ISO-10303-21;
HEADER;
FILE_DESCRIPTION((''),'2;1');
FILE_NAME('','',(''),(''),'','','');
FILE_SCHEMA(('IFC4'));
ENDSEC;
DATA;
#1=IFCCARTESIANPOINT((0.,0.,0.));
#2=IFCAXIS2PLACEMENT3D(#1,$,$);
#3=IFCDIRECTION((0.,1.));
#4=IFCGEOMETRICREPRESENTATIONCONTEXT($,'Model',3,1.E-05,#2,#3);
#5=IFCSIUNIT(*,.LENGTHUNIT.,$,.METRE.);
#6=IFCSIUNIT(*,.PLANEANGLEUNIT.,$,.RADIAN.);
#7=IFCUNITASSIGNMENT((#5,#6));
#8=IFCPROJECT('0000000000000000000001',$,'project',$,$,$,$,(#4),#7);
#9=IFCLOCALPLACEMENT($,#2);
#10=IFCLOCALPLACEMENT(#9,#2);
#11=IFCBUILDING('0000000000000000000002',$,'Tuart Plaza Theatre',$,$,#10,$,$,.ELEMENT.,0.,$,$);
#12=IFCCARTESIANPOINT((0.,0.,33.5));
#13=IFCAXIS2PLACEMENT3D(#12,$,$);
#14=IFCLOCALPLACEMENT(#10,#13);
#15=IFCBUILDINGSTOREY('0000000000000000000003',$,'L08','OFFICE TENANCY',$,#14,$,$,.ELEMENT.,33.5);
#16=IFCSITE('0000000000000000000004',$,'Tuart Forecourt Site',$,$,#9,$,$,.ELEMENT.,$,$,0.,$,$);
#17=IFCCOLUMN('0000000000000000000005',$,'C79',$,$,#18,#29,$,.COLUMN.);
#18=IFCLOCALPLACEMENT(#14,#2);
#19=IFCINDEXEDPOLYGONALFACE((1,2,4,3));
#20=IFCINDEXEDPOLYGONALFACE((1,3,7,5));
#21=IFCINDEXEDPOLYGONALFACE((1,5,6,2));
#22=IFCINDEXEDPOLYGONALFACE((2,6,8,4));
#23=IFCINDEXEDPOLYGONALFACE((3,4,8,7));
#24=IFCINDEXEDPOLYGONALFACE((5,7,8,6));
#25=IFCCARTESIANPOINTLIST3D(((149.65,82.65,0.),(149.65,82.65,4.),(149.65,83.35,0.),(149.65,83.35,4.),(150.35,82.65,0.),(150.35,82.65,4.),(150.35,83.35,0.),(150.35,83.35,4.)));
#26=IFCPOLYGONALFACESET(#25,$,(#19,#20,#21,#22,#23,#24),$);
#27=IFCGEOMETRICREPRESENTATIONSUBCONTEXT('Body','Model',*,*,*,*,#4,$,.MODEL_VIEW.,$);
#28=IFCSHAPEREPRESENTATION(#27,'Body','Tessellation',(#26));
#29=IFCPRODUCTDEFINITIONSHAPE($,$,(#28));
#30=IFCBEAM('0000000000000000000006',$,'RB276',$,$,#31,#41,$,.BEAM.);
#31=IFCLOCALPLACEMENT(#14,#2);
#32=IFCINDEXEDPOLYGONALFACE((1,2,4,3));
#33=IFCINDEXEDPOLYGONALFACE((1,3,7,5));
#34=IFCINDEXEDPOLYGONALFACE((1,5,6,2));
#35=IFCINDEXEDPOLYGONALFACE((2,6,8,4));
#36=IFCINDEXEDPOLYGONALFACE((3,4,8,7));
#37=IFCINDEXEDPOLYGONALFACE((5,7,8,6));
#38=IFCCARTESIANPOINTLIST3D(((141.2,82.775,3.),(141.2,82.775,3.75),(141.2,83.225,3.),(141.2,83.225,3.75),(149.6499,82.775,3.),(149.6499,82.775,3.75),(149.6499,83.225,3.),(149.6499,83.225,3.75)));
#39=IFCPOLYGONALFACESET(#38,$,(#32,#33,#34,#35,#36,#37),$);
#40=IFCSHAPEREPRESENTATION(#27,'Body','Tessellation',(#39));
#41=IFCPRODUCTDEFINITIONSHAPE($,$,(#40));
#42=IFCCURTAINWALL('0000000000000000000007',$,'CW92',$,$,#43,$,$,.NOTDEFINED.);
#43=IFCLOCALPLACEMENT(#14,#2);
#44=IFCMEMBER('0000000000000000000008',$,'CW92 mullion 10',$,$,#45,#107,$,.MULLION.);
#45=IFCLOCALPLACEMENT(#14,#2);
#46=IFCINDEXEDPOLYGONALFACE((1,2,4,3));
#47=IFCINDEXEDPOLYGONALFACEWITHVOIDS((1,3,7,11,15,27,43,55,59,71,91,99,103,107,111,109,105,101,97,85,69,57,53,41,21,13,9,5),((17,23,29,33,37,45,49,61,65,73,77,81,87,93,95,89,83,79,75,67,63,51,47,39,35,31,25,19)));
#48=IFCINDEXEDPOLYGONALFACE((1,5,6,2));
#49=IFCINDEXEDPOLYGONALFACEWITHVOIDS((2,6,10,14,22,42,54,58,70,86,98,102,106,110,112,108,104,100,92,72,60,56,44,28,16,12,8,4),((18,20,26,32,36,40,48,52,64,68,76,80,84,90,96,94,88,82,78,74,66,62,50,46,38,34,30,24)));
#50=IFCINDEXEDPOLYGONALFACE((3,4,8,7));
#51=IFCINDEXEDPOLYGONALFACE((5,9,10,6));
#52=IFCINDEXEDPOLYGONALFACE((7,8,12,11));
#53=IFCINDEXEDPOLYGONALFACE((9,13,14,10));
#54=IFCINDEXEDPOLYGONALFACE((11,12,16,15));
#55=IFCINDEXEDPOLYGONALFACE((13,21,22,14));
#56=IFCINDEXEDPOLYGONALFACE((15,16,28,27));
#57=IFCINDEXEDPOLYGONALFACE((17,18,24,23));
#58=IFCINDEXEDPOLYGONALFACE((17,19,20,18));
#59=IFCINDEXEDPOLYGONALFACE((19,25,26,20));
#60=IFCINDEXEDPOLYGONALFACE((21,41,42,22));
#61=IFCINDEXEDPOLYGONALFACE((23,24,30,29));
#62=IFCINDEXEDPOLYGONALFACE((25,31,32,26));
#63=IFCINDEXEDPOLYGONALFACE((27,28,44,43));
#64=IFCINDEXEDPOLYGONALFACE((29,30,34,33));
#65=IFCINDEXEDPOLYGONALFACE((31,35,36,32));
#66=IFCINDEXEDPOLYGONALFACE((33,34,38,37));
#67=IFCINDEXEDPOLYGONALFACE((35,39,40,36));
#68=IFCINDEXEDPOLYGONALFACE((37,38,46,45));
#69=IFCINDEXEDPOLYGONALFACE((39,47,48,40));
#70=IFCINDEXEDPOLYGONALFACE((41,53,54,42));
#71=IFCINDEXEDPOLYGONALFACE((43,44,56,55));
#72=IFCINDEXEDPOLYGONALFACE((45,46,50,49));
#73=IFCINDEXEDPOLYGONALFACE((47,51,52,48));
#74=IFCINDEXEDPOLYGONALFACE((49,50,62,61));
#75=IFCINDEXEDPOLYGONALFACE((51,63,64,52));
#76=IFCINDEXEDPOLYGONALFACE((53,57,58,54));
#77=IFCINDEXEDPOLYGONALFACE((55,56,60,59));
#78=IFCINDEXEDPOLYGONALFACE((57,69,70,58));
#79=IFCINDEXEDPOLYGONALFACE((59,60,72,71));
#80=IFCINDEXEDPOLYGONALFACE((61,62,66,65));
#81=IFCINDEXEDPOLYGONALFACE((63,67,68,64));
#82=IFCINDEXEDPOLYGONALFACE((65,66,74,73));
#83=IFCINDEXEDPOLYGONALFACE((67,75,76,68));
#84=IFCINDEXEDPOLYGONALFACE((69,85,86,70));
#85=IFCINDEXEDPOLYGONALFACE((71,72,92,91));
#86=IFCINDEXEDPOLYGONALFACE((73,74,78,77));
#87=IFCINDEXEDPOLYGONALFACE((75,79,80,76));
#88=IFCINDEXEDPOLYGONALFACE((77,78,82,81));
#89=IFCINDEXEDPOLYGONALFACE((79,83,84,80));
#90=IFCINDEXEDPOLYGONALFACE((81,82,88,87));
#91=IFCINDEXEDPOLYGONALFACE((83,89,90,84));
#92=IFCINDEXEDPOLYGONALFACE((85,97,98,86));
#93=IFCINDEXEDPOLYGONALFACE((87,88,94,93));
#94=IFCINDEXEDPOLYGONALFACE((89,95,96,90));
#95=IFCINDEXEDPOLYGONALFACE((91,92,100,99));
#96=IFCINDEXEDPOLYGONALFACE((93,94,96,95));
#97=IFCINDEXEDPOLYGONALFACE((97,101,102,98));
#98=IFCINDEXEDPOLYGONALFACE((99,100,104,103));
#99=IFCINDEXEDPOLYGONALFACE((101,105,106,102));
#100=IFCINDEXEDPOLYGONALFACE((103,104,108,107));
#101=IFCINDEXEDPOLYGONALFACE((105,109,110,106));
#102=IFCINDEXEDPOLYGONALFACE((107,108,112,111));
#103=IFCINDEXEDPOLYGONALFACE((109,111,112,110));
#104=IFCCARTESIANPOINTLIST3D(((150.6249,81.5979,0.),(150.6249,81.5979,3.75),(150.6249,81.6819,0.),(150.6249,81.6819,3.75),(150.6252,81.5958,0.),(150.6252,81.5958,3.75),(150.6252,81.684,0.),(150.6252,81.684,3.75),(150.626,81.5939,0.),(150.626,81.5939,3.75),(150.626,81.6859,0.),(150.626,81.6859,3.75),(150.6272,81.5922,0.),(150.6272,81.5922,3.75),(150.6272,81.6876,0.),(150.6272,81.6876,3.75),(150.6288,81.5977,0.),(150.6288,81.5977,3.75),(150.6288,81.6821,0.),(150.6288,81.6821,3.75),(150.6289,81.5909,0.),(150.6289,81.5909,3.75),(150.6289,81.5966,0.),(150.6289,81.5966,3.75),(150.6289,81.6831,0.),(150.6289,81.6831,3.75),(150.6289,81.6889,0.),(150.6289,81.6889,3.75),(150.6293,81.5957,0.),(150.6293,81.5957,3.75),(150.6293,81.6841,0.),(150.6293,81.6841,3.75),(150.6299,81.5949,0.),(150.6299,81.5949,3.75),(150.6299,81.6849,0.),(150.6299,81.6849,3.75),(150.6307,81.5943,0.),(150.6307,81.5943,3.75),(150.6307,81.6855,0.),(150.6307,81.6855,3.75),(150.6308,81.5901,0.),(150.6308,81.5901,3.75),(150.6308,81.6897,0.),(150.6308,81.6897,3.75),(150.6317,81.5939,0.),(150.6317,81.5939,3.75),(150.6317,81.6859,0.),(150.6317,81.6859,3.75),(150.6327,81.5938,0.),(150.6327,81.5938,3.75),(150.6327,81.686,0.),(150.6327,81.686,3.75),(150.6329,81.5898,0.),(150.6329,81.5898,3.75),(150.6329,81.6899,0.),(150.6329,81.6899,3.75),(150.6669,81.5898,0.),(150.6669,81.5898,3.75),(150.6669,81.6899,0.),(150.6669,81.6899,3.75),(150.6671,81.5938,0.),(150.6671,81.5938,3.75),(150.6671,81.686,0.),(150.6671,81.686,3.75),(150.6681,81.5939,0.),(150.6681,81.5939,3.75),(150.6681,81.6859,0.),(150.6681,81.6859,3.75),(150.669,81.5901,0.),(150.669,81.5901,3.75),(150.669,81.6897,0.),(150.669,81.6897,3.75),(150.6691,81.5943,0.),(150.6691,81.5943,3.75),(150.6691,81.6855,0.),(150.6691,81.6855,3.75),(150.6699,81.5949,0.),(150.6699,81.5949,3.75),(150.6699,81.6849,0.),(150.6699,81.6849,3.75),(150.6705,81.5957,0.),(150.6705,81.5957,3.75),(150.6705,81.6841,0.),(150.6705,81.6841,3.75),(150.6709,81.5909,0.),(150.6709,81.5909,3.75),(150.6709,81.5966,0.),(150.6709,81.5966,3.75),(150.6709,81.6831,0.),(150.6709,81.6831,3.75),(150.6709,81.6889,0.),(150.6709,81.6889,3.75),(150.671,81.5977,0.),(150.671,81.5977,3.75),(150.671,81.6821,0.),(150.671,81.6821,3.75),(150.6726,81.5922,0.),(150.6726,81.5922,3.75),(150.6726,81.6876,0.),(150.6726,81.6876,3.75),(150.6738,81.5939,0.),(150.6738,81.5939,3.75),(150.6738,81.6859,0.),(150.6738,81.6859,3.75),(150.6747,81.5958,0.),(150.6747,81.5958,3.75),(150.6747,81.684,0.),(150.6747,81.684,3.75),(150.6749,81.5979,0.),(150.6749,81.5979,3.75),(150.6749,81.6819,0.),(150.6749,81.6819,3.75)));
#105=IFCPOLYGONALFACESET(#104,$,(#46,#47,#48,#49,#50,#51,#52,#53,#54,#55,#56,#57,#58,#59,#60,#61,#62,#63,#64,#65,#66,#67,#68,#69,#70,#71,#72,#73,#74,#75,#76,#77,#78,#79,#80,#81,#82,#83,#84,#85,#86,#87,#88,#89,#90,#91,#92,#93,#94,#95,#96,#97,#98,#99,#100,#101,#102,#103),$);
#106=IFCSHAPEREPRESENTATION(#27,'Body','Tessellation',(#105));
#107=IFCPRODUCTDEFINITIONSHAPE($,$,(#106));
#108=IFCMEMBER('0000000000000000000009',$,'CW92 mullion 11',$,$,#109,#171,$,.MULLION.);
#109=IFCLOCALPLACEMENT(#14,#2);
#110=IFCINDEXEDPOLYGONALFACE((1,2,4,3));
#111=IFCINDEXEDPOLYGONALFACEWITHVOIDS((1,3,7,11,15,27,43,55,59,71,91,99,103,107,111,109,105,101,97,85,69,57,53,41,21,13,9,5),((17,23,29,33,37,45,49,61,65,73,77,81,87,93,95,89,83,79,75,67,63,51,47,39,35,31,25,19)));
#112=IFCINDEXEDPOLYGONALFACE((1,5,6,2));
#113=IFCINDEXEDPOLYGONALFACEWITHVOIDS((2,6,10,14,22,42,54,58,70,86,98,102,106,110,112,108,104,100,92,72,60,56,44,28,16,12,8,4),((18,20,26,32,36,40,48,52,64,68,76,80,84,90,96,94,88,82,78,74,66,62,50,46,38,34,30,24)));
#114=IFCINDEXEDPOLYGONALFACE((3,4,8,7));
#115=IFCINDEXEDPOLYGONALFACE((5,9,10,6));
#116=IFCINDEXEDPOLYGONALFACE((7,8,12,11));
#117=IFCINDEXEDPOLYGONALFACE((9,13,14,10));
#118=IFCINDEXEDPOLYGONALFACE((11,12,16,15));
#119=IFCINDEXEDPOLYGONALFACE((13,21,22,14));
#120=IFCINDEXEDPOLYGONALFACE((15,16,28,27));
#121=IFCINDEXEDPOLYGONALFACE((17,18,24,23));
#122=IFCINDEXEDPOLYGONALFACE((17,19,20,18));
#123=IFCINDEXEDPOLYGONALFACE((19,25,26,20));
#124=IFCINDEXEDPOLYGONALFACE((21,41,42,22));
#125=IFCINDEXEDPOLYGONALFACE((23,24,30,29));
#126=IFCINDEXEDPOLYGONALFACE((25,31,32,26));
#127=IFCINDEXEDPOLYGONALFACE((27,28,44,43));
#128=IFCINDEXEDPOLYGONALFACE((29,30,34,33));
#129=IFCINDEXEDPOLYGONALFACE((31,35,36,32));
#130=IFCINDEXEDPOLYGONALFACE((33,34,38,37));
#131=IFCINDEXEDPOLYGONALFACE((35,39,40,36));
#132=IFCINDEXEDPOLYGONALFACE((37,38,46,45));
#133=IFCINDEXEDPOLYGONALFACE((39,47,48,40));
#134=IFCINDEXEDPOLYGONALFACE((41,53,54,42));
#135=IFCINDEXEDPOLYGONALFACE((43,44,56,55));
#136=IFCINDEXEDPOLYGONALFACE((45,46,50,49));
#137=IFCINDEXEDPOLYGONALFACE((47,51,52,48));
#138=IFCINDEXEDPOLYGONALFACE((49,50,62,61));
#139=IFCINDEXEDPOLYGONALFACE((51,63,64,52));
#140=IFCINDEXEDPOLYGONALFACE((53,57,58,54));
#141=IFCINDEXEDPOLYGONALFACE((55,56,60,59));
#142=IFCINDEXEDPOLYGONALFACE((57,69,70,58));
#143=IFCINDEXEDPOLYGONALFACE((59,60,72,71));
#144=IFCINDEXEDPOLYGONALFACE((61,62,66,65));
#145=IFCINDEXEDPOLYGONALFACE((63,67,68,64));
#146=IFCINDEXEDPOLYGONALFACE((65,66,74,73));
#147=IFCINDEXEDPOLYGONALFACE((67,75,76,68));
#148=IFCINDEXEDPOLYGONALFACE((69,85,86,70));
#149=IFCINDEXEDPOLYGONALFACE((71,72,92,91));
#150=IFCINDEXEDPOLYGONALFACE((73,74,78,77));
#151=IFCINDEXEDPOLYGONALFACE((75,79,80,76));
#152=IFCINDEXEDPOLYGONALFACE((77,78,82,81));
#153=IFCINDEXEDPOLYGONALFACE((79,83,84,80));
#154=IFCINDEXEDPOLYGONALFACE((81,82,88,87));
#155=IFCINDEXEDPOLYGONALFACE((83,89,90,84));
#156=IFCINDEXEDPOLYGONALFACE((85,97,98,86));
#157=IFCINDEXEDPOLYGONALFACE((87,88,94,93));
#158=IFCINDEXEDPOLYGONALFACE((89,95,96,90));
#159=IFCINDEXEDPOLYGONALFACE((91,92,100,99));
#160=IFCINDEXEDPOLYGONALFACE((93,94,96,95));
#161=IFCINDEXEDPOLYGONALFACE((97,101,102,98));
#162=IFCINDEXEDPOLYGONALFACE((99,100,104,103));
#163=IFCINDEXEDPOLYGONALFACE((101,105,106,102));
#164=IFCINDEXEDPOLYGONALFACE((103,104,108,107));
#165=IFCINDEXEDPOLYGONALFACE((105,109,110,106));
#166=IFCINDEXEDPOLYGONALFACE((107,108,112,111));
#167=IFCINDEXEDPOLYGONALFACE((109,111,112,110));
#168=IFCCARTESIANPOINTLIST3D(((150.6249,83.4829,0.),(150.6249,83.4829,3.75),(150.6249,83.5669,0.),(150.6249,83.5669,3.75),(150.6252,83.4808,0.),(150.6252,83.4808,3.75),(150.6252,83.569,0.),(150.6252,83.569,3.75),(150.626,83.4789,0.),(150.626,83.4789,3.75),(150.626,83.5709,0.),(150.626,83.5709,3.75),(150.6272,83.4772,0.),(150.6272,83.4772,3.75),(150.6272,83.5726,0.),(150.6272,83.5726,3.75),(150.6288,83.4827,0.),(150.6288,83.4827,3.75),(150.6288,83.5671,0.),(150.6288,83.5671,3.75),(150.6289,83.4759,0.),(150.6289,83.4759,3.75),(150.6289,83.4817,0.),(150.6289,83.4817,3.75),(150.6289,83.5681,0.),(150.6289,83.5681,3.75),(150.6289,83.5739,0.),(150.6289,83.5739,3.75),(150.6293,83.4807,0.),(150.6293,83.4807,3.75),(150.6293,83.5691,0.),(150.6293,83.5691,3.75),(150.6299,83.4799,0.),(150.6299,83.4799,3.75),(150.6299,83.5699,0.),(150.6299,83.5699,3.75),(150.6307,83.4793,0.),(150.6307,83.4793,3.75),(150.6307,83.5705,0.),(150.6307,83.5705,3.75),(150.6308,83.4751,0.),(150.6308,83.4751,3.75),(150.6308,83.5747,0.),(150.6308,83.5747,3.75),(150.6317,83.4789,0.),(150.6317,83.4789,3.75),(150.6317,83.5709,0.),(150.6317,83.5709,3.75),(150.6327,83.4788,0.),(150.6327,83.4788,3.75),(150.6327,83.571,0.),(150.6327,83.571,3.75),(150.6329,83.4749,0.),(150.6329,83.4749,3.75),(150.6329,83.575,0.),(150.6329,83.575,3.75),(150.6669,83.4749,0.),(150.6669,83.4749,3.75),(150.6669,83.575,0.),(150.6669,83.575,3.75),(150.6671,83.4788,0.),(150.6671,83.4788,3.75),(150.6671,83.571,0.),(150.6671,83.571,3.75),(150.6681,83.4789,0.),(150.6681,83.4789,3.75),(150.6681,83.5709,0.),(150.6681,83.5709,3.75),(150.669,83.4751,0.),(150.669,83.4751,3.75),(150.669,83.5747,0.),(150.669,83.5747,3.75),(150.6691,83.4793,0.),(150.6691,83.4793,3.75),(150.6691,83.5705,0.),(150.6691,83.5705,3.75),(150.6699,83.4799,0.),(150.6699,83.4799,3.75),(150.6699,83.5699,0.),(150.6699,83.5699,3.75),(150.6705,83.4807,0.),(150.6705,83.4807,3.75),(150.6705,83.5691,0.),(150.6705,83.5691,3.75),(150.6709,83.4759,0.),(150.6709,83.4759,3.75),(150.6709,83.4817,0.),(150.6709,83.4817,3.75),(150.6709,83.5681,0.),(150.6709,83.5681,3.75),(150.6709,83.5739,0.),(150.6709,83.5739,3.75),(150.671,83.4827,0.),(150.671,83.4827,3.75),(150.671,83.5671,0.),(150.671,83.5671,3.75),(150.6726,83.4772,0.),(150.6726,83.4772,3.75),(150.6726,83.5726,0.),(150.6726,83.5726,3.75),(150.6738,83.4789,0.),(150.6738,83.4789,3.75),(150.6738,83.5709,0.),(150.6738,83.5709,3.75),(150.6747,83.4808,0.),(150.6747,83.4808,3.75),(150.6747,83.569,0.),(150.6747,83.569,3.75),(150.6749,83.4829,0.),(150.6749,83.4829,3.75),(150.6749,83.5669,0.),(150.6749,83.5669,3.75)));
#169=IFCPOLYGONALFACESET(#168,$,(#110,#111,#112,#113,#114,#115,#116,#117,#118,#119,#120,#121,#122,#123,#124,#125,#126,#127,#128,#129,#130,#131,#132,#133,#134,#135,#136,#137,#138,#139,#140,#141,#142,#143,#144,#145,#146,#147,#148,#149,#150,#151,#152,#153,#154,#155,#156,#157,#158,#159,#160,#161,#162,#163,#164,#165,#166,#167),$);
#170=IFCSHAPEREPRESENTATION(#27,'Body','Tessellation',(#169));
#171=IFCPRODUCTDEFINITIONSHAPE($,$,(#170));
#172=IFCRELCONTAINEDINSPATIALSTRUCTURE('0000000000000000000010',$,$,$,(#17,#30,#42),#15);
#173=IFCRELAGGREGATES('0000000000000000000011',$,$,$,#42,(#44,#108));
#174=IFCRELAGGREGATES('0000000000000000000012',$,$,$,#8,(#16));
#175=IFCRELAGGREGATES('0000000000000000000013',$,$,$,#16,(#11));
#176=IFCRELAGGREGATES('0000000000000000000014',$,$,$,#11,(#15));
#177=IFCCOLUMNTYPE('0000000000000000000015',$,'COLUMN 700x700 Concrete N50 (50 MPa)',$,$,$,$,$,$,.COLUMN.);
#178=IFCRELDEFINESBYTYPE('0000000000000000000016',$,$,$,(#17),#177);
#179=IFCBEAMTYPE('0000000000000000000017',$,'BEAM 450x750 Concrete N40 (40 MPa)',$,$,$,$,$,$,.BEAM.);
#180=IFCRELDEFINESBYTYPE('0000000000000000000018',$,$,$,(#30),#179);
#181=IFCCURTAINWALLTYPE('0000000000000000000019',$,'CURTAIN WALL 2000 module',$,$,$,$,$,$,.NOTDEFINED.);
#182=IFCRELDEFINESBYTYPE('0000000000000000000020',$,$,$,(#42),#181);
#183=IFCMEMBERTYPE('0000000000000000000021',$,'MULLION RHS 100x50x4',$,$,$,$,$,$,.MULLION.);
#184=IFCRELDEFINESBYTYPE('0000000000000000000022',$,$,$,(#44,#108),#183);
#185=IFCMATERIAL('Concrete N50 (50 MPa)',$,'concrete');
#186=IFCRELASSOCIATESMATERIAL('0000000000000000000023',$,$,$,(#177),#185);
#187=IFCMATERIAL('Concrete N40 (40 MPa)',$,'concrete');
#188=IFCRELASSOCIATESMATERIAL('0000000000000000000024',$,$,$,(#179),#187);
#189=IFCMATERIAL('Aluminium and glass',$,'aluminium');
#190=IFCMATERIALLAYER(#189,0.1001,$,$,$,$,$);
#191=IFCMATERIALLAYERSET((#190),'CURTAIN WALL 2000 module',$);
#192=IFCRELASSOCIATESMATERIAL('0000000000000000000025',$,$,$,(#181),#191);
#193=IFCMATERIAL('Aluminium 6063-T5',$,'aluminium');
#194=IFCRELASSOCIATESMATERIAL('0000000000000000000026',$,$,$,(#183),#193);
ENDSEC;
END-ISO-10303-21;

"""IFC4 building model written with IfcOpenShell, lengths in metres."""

from ifc_helpers import new_model, si_unit, direction, frame, origin, origin_2d, place, context, subcontext, project, spatial, rectangle, hollow_rectangle, extrude, material, layer, layer_set, material_profile, profile_set, type_object, element, aggregate, save


model = new_model("IFC4")

# Units and contexts
model_context = context("Model", 3, precision=1e-05, world=origin(), true_north=direction((0.0, 1.0)))
body_context = subcontext(model_context, "Body", "Model", "MODEL_VIEW")
ifc_project = project(units=[si_unit("LENGTHUNIT", "METRE"), si_unit("PLANEANGLEUNIT", "RADIAN")], contexts=[model_context])

# Site, building, storey
site_placement = place(None, origin())
site = spatial("IfcSite", under=ifc_project, at=site_placement, Name="Tuart Forecourt Site", CompositionType="ELEMENT", RefElevation=0.0)
building_placement = place(site_placement, origin())
building = spatial("IfcBuilding", under=site, at=building_placement, Name="Tuart Plaza Theatre", CompositionType="ELEMENT", ElevationOfRefHeight=0.0)
storey_placement = place(building_placement, frame((0.0, 0.0, 33.5)))
storey = spatial("IfcBuildingStorey", under=building, at=storey_placement, Name="L08", Description="OFFICE TENANCY", CompositionType="ELEMENT", Elevation=33.5)

# Column
ifc_material_1 = material(Name="Concrete N50 (50 MPa)", Category="concrete")
ifc_material_profile_1 = material_profile(ifc_material_1, rectangle(XDim=0.7, YDim=0.7, at=origin_2d()), Name="COLUMN 700x700 Concrete N50 (50 MPa)")
ifc_profile_set_1 = profile_set([ifc_material_profile_1], Name="Concrete N50 (50 MPa)")
column_type = type_object("IfcColumnType", Name="COLUMN 700x700 Concrete N50 (50 MPa)", PredefinedType="COLUMN", material=ifc_profile_set_1)
column_placement = place(storey_placement, frame((150.0, 83.0, 0.0), z_axis=(0.0, 0.0, 1.0), x_axis=(1.0, 0.0, 0.0)))
element("IfcColumn", 1, at=column_placement, inside=storey, type_object=column_type, Name="C79", PredefinedType="COLUMN", context=body_context, shape_type="SweptSolid", body=[
    extrude(rectangle(XDim=0.7, YDim=0.7, at=origin_2d()), origin(), (0.0, 0.0, 1.0), 4.0),
])

# Beam
ifc_material_2 = material(Name="Concrete N40 (40 MPa)", Category="concrete")
ifc_material_profile_2 = material_profile(ifc_material_2, rectangle(XDim=0.45, YDim=0.75, at=origin_2d()), Name="BEAM 450x750 Concrete N40 (40 MPa)")
ifc_profile_set_2 = profile_set([ifc_material_profile_2], Name="Concrete N40 (40 MPa)")
beam_type = type_object("IfcBeamType", Name="BEAM 450x750 Concrete N40 (40 MPa)", PredefinedType="BEAM", material=ifc_profile_set_2)
beam_placement = place(storey_placement, frame((141.2, 83.0, 3.375), z_axis=(1.0, 0.0, 0.0), x_axis=(0.0, 1.0, 0.0)))
element("IfcBeam", 2, at=beam_placement, inside=storey, type_object=beam_type, Name="RB276", PredefinedType="BEAM", context=body_context, shape_type="SweptSolid", body=[
    extrude(rectangle(XDim=0.45, YDim=0.75, at=origin_2d()), origin(), (0.0, 0.0, 1.0), 8.45),
])

# Curtain wall, members
ifc_material_3 = material(Name="Aluminium and glass", Category="aluminium")
ifc_layer_1 = layer(ifc_material_3, 0.1001)
ifc_layer_set_1 = layer_set([ifc_layer_1], Name="CURTAIN WALL 2000 module")
curtain_wall_type = type_object("IfcCurtainWallType", Name="CURTAIN WALL 2000 module", PredefinedType="NOTDEFINED", material=ifc_layer_set_1)
curtain_wall_1_placement = place(storey_placement, origin())
curtain_wall_1 = element("IfcCurtainWall", 3, at=curtain_wall_1_placement, inside=storey, type_object=curtain_wall_type, Name="CW92", PredefinedType="NOTDEFINED")
ifc_material_4 = material(Name="Aluminium 6063-T5", Category="aluminium")
ifc_material_profile_3 = material_profile(ifc_material_4, hollow_rectangle(XDim=0.05, YDim=0.1001, WallThickness=0.0039, InnerFilletRadius=0.0039, OuterFilletRadius=0.0081, at=origin_2d()), Name="RHS 100x50x4")
ifc_profile_set_3 = profile_set([ifc_material_profile_3], Name="Aluminium 6063-T5")
member_type_1 = type_object("IfcMemberType", Name="MULLION RHS 100x50x4", PredefinedType="MULLION", material=ifc_profile_set_3)
member_1_placement = place(storey_placement, frame((150.6499, 81.6399, 0.0), z_axis=(0.0, 0.0, 1.0), x_axis=(-1.0, 0.0, 0.0)))
member_1 = element("IfcMember", 4, at=member_1_placement, type_object=member_type_1, Name="CW92 mullion 10", PredefinedType="MULLION", context=body_context, shape_type="SweptSolid", body=[
    extrude(hollow_rectangle(XDim=0.05, YDim=0.1001, WallThickness=0.0039, InnerFilletRadius=0.0039, OuterFilletRadius=0.0081, at=origin_2d()), origin(), (0.0, 0.0, 1.0), 3.75),
])
member_2_placement = place(storey_placement, frame((150.6499, 83.5249, 0.0), z_axis=(0.0, 0.0, 1.0), x_axis=(-1.0, 0.0, 0.0)))
member_2 = element("IfcMember", 5, at=member_2_placement, type_object=member_type_1, Name="CW92 mullion 11", PredefinedType="MULLION", context=body_context, shape_type="SweptSolid", body=[
    extrude(hollow_rectangle(XDim=0.05, YDim=0.1001, WallThickness=0.0039, InnerFilletRadius=0.0039, OuterFilletRadius=0.0081, at=origin_2d()), origin(), (0.0, 0.0, 1.0), 3.75),
])

aggregate(curtain_wall_1, [member_1, member_2])

save(model, "model.ifc")
